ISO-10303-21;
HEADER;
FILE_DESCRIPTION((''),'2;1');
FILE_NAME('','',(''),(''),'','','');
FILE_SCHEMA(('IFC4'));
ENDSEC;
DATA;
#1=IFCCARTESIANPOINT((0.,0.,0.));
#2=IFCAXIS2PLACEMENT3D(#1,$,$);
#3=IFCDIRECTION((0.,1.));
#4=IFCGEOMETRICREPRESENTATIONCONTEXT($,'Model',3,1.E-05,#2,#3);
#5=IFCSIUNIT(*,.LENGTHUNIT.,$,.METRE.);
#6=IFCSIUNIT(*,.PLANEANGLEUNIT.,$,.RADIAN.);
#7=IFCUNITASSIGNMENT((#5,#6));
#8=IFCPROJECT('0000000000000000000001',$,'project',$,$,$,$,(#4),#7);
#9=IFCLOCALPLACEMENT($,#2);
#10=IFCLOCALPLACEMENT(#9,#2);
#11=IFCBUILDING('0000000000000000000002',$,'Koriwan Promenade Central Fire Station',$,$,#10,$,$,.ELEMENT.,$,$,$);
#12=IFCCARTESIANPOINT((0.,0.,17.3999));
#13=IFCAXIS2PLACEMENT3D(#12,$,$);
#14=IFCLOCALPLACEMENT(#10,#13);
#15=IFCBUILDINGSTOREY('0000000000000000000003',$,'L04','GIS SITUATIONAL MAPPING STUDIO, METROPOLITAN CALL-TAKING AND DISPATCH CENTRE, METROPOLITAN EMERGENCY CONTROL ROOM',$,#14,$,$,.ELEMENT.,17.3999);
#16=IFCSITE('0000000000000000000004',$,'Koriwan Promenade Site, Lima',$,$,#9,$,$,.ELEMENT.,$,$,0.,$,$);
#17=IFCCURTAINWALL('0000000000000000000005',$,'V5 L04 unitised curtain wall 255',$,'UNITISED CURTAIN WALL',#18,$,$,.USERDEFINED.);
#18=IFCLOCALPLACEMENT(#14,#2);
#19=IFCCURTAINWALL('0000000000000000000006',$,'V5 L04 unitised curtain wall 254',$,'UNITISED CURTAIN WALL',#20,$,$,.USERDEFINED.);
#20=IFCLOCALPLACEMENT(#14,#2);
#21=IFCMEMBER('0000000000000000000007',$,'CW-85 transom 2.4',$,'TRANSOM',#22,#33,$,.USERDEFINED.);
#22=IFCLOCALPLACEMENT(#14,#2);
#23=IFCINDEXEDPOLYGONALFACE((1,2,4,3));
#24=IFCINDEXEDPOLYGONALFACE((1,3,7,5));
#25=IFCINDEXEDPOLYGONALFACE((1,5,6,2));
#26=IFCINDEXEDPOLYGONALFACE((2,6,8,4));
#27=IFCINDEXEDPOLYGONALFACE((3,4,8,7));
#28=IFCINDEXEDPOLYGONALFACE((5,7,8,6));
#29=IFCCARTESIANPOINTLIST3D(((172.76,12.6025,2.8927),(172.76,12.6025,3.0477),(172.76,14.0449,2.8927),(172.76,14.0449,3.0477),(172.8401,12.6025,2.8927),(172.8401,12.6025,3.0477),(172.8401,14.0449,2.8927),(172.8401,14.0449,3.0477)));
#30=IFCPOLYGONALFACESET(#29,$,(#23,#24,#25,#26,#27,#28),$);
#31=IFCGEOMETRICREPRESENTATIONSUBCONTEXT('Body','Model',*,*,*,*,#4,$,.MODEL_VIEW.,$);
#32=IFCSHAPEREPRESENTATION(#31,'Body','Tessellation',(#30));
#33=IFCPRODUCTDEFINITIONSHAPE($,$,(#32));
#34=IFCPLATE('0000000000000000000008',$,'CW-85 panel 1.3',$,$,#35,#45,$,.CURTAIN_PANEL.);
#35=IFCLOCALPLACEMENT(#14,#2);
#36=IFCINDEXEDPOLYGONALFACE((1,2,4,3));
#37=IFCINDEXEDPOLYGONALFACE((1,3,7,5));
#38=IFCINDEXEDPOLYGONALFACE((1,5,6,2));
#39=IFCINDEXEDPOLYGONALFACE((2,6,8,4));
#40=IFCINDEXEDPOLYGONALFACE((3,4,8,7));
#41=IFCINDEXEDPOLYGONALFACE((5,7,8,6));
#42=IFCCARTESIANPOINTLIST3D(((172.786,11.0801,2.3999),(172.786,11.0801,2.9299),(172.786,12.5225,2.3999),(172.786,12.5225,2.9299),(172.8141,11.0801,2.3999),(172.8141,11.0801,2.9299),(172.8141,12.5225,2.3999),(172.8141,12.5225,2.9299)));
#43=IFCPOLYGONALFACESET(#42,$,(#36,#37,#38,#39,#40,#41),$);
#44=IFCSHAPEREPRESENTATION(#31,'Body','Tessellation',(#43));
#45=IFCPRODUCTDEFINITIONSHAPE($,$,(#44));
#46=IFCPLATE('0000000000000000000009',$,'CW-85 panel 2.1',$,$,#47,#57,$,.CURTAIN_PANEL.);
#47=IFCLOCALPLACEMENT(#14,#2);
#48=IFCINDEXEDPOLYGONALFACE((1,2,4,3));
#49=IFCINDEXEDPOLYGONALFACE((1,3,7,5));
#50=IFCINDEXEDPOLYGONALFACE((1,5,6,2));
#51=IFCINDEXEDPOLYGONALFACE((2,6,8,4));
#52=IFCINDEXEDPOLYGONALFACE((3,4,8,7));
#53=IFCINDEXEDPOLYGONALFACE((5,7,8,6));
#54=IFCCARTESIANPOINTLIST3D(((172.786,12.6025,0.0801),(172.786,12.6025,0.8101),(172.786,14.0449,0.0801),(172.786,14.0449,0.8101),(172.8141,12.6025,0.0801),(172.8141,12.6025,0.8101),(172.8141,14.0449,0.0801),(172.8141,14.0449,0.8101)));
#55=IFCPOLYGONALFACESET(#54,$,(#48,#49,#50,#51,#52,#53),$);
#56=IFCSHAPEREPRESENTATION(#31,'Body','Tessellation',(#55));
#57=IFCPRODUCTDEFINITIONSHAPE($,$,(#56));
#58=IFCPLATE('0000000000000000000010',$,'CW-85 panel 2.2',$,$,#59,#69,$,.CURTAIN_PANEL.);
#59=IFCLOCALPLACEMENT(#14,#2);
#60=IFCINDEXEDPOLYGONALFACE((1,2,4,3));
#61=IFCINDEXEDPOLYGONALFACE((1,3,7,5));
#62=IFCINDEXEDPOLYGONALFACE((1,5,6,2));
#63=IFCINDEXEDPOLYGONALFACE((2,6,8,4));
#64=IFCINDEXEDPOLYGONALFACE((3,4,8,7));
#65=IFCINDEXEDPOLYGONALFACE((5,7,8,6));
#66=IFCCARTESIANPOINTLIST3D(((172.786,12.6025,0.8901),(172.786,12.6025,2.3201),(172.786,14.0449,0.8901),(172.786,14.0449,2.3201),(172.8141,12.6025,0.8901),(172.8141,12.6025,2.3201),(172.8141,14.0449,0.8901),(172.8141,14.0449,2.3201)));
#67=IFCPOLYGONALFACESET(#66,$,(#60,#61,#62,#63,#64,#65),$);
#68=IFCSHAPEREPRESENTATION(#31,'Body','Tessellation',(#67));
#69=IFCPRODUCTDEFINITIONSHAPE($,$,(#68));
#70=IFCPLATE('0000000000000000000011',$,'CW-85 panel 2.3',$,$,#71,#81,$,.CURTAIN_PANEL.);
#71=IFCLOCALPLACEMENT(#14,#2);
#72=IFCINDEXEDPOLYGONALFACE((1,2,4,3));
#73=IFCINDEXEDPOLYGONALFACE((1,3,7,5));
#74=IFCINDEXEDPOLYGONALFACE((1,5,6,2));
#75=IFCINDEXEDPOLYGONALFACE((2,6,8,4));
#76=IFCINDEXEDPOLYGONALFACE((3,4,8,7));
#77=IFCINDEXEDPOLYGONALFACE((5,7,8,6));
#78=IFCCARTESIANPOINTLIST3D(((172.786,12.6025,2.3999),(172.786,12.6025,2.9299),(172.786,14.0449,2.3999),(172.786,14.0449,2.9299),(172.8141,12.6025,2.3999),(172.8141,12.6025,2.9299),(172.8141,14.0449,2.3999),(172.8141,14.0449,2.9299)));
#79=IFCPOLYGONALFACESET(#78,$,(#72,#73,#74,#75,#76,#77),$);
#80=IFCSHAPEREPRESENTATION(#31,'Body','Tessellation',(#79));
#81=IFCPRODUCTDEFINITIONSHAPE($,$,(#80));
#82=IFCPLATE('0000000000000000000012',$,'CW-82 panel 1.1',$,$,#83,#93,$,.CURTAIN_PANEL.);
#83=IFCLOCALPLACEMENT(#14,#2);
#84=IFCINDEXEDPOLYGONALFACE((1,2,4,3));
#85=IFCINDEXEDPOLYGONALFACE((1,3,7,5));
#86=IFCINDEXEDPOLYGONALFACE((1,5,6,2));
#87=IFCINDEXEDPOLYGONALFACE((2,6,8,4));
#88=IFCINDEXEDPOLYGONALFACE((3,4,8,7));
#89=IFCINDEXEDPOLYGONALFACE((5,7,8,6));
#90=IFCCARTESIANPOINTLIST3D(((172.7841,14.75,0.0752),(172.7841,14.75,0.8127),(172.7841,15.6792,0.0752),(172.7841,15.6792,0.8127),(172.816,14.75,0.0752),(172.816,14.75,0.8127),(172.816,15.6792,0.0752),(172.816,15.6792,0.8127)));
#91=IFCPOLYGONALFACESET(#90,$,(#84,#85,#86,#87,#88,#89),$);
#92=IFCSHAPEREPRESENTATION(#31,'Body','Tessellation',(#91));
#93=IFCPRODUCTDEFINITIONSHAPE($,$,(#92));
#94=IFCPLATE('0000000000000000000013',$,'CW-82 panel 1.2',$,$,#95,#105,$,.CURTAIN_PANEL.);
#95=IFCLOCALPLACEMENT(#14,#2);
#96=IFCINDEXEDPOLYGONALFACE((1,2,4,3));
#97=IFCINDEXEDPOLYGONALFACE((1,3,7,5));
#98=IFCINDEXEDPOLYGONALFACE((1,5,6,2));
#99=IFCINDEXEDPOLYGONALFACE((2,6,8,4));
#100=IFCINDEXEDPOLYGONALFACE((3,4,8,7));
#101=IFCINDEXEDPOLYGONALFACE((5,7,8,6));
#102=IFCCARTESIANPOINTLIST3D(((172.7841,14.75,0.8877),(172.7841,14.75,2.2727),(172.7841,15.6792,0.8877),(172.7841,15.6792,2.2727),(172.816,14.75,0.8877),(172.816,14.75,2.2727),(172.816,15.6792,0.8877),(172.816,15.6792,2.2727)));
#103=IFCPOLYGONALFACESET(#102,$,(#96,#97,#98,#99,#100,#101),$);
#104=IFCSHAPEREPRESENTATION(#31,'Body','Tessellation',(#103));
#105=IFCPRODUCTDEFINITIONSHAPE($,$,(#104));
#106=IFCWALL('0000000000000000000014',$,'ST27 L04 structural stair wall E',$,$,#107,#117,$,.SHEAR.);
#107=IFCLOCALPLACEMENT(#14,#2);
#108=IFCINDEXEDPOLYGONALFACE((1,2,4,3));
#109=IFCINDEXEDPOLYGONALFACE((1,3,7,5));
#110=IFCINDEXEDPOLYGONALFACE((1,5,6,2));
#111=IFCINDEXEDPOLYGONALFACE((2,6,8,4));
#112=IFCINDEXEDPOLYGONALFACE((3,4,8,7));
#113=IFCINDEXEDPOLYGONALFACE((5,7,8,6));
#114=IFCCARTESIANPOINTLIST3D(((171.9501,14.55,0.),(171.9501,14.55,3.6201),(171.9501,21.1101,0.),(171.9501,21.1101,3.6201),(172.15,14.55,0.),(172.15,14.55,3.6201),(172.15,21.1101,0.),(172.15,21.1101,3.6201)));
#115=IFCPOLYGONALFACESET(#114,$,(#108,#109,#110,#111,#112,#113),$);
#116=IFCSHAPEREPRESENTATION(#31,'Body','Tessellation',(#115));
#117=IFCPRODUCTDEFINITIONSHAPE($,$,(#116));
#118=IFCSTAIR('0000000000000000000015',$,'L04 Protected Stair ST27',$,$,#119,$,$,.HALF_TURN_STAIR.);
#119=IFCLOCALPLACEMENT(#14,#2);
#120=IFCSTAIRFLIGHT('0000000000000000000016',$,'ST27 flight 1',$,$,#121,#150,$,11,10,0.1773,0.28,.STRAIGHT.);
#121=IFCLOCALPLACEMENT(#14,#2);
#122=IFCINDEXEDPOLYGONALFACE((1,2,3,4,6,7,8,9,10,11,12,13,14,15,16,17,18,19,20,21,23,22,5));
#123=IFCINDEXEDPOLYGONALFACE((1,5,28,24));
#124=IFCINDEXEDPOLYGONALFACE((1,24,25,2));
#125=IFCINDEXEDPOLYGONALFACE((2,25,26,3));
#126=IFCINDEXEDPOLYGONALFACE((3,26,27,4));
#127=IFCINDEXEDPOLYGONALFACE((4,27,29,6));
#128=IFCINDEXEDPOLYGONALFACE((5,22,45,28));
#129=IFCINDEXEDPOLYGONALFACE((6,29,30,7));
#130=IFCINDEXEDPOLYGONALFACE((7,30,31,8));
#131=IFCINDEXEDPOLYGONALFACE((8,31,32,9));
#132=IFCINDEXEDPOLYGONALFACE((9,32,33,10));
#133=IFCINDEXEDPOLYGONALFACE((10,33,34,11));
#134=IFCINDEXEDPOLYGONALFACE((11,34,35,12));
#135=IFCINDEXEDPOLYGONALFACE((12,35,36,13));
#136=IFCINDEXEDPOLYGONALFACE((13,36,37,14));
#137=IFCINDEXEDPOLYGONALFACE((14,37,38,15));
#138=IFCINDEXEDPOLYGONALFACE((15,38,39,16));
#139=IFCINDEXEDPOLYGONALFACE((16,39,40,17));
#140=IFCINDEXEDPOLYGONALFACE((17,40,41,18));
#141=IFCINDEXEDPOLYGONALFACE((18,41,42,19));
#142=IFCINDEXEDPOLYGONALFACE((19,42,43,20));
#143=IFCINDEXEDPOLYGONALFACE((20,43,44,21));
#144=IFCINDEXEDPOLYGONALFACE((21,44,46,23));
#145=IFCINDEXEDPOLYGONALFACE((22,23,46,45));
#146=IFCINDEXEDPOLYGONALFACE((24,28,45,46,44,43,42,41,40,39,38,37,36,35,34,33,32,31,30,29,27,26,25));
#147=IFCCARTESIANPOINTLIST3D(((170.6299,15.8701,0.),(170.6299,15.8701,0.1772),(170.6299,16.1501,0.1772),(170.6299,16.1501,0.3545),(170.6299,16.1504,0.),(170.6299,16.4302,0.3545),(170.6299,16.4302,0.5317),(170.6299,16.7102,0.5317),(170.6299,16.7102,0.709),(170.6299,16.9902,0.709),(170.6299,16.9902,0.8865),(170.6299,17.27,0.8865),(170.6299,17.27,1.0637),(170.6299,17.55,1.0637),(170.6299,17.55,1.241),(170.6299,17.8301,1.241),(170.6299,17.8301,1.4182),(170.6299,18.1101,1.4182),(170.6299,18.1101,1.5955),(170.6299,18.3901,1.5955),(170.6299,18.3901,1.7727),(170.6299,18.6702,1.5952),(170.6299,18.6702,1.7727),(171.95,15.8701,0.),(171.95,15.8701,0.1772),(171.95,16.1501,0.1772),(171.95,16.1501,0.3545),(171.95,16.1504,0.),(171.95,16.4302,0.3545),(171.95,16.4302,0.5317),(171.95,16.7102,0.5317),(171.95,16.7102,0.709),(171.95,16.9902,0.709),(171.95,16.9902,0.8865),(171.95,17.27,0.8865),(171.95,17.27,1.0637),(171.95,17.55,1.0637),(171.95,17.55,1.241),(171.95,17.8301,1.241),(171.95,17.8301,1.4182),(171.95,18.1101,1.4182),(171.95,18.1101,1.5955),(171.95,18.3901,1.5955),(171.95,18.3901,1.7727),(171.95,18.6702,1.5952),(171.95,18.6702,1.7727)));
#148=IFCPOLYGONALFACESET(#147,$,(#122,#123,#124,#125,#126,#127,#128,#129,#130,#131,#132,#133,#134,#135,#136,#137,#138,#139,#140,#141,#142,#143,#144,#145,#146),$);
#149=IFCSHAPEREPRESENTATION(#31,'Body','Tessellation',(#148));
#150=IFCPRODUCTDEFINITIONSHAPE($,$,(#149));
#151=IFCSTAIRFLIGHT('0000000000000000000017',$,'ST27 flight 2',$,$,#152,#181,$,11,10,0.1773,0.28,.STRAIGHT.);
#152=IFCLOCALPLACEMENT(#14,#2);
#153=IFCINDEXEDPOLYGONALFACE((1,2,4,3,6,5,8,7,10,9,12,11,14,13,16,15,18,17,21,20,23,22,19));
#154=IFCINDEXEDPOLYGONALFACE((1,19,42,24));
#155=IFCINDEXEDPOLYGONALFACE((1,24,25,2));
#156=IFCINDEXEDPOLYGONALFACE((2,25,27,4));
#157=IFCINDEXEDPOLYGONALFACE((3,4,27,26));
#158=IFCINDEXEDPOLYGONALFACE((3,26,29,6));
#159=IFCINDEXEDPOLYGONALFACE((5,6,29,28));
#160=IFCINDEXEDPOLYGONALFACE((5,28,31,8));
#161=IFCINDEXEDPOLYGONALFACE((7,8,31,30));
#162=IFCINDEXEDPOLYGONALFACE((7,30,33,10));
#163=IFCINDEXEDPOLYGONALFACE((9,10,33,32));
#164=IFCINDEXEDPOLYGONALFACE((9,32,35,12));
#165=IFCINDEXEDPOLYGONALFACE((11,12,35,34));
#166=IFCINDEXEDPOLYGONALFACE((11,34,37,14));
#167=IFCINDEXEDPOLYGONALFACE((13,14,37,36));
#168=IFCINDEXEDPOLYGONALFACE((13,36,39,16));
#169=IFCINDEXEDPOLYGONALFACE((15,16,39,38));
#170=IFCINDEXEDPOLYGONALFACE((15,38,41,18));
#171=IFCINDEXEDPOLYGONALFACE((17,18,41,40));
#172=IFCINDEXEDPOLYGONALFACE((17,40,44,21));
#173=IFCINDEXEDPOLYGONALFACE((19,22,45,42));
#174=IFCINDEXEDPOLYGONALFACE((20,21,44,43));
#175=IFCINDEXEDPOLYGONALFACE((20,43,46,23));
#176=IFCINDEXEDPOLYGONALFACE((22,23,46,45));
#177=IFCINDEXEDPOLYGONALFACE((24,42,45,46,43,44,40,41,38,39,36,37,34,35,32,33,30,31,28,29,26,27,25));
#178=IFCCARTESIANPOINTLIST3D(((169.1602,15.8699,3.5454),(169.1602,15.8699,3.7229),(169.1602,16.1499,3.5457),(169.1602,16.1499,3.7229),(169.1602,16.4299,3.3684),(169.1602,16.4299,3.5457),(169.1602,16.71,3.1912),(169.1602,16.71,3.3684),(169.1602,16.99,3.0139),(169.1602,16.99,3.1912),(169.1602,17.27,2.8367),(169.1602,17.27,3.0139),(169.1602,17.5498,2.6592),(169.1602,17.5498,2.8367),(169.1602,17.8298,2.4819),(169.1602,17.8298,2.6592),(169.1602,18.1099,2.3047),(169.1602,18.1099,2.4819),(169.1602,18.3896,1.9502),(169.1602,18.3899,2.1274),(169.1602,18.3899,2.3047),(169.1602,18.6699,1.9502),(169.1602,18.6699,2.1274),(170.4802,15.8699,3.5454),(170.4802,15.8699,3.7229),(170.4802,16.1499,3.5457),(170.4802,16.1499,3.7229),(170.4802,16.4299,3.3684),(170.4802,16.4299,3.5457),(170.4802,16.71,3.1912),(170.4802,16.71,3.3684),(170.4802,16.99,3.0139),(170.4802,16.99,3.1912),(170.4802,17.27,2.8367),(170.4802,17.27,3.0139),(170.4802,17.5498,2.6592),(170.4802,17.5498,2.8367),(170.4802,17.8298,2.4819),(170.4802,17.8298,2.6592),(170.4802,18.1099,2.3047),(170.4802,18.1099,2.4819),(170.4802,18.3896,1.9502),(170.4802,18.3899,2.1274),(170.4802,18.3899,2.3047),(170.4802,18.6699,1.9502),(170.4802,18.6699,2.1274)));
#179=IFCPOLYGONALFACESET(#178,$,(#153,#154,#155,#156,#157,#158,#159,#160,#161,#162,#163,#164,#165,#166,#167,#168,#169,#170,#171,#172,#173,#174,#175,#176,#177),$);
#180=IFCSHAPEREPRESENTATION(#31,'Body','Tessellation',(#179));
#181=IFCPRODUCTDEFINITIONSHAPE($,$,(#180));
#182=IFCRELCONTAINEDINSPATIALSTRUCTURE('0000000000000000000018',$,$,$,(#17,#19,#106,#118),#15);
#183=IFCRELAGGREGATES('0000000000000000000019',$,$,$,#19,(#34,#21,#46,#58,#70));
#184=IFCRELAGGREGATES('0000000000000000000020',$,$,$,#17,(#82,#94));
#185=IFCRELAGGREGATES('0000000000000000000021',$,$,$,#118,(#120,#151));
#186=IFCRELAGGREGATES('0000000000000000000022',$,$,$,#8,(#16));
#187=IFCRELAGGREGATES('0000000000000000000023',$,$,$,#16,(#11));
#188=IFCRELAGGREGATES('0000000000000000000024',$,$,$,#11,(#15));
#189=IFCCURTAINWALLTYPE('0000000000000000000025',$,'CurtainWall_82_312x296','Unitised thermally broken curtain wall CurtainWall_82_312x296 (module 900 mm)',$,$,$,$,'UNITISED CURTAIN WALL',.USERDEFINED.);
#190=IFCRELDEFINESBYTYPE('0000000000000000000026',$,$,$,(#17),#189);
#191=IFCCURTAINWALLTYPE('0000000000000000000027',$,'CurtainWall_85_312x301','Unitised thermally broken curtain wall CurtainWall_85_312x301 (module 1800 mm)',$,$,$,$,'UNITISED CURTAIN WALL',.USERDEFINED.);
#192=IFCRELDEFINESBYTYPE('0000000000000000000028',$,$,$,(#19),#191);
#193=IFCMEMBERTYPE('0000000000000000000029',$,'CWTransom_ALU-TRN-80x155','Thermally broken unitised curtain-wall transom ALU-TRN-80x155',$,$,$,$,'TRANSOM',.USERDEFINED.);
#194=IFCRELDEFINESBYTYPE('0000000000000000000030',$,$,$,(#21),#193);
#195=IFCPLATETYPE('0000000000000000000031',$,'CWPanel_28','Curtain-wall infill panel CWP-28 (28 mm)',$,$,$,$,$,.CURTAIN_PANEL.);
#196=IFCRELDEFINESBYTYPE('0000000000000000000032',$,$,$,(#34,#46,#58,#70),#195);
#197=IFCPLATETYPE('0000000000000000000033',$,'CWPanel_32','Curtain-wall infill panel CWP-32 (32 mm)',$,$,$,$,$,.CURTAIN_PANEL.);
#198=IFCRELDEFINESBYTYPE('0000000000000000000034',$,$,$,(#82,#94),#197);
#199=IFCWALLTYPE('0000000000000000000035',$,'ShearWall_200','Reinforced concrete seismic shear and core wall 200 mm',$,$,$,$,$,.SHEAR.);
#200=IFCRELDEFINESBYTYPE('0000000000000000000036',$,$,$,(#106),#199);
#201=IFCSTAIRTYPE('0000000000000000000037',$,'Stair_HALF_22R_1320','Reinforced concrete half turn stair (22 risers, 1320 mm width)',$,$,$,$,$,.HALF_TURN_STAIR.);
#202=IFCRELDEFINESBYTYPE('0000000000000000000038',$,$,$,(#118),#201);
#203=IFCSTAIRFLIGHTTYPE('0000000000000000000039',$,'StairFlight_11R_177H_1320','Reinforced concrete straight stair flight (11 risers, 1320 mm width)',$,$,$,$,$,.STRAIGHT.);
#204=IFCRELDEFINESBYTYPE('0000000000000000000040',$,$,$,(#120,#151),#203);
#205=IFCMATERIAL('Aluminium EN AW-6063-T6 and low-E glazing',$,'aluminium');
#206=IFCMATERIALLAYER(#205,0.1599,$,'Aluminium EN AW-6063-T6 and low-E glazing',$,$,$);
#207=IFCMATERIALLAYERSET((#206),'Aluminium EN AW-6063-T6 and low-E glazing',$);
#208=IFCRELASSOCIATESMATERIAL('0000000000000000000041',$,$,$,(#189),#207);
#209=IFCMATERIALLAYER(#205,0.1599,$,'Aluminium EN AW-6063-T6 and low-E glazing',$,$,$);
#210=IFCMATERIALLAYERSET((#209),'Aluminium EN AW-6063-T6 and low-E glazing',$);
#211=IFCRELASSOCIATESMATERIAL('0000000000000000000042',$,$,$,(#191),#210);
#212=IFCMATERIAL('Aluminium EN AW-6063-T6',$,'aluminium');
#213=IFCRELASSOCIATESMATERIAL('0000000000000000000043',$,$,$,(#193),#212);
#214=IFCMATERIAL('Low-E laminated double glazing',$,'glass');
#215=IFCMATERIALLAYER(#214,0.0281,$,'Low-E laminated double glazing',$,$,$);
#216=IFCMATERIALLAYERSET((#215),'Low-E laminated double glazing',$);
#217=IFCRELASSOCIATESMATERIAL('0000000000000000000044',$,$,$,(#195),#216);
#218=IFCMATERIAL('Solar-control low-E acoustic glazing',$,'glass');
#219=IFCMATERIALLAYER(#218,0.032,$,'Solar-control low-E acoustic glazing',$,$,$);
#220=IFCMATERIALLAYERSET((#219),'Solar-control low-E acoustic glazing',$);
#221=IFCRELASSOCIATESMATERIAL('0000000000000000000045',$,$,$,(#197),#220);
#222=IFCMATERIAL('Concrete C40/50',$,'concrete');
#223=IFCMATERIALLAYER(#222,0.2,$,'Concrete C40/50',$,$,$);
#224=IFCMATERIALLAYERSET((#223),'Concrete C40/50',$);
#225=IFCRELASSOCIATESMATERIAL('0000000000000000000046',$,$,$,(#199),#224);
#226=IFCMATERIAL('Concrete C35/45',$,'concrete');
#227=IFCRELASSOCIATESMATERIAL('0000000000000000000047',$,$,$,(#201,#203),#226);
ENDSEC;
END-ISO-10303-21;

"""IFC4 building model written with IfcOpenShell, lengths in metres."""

from ifc_helpers import new_model, si_unit, direction, frame, frame_2d, origin, origin_2d, place, context, subcontext, project, spatial, polyline, rectangle, outline, extrude, material, layer, layer_set, material_profile, profile_set, type_object, element, aggregate, save


model = new_model("IFC4")

# Units and contexts
model_context = context("Model", 3, precision=1e-05, world=origin(), true_north=direction((0.0, 1.0)))
body_context = subcontext(model_context, "Body", "Model", "MODEL_VIEW")
ifc_project = project(units=[si_unit("LENGTHUNIT", "METRE"), si_unit("PLANEANGLEUNIT", "RADIAN")], contexts=[model_context])

# Site, building, storey
site_placement = place(None, origin())
site = spatial("IfcSite", under=ifc_project, at=site_placement, Name="Koriwan Promenade Site, Lima", CompositionType="ELEMENT", RefElevation=0.0)
building_placement = place(site_placement, origin())
building = spatial("IfcBuilding", under=site, at=building_placement, Name="Koriwan Promenade Central Fire Station", CompositionType="ELEMENT")
storey_placement = place(building_placement, frame((0.0, 0.0, 17.3999)))
storey = spatial("IfcBuildingStorey", under=building, at=storey_placement, Name="L04", Description="GIS SITUATIONAL MAPPING STUDIO, METROPOLITAN CALL-TAKING AND DISPATCH CENTRE, METROPOLITAN EMERGENCY CONTROL ROOM", CompositionType="ELEMENT", Elevation=17.3999)

# Shared definitions
ifc_material_1 = material(Name="Concrete C40/50", Category="concrete")

# Shared definitions
ifc_material_2 = material(Name="Concrete C35/45", Category="concrete")

# Curtain wall
ifc_material_3 = material(Name="Aluminium EN AW-6063-T6 and low-E glazing", Category="aluminium")
ifc_layer_1 = layer(ifc_material_3, 0.1599, Name="Aluminium EN AW-6063-T6 and low-E glazing")
ifc_layer_set_1 = layer_set([ifc_layer_1], Name="Aluminium EN AW-6063-T6 and low-E glazing")
curtain_wall_type_1 = type_object("IfcCurtainWallType", Name="CurtainWall_82_312x296", Description="Unitised thermally broken curtain wall CurtainWall_82_312x296 (module 900 mm)", ElementType="UNITISED CURTAIN WALL", PredefinedType="USERDEFINED", material=ifc_layer_set_1)
curtain_wall_1_placement = place(storey_placement, origin())
curtain_wall_1 = element("IfcCurtainWall", 1, at=curtain_wall_1_placement, inside=storey, type_object=curtain_wall_type_1, Name="V5 L04 unitised curtain wall 255", ObjectType="UNITISED CURTAIN WALL", PredefinedType="USERDEFINED")
ifc_material_4 = material(Name="Aluminium EN AW-6063-T6", Category="aluminium")

# Curtain wall
ifc_layer_2 = layer(ifc_material_3, 0.1599, Name="Aluminium EN AW-6063-T6 and low-E glazing")
ifc_layer_set_2 = layer_set([ifc_layer_2], Name="Aluminium EN AW-6063-T6 and low-E glazing")
curtain_wall_type_2 = type_object("IfcCurtainWallType", Name="CurtainWall_85_312x301", Description="Unitised thermally broken curtain wall CurtainWall_85_312x301 (module 1800 mm)", ElementType="UNITISED CURTAIN WALL", PredefinedType="USERDEFINED", material=ifc_layer_set_2)
curtain_wall_2_placement = place(storey_placement, origin())
curtain_wall_2 = element("IfcCurtainWall", 2, at=curtain_wall_2_placement, inside=storey, type_object=curtain_wall_type_2, Name="V5 L04 unitised curtain wall 254", ObjectType="UNITISED CURTAIN WALL", PredefinedType="USERDEFINED")

# Member
ifc_material_profile_1 = material_profile(ifc_material_4, rectangle(XDim=0.0801, YDim=0.155, at=origin_2d()), Name="ALU-TRN-80x155")
ifc_profile_set_1 = profile_set([ifc_material_profile_1], Name="Aluminium EN AW-6063-T6")
member_type_1 = type_object("IfcMemberType", Name="CWTransom_ALU-TRN-80x155", Description="Thermally broken unitised curtain-wall transom ALU-TRN-80x155", ElementType="TRANSOM", PredefinedType="USERDEFINED", material=ifc_profile_set_1)
member_1_placement = place(storey_placement, frame((172.8, 12.6025, 2.9702), z_axis=(0.0, 1.0, 0.0), x_axis=(-1.0, 0.0, 0.0)))
member_1 = element("IfcMember", 3, at=member_1_placement, type_object=member_type_1, Name="CW-85 transom 2.4", ObjectType="TRANSOM", PredefinedType="USERDEFINED", context=body_context, shape_type="SweptSolid", body=[
    extrude(rectangle(XDim=0.0801, YDim=0.155, at=origin_2d()), origin(), (0.0, 0.0, 1.0), 1.4424),
])

# Plates
ifc_material_5 = material(Name="Low-E laminated double glazing", Category="glass")
ifc_layer_3 = layer(ifc_material_5, 0.0281, Name="Low-E laminated double glazing")
ifc_layer_set_3 = layer_set([ifc_layer_3], Name="Low-E laminated double glazing")
plate_type_1 = type_object("IfcPlateType", Name="CWPanel_28", Description="Curtain-wall infill panel CWP-28 (28 mm)", PredefinedType="CURTAIN_PANEL", material=ifc_layer_set_3)
plate_1_placement = place(storey_placement, frame((172.8, 11.8013, 2.3999), z_axis=(0.0, 0.0, 1.0), x_axis=(0.0, 1.0, 0.0)))
plate_1 = element("IfcPlate", 4, at=plate_1_placement, type_object=plate_type_1, Name="CW-85 panel 1.3", PredefinedType="CURTAIN_PANEL", context=body_context, shape_type="SweptSolid", body=[
    extrude(rectangle(XDim=1.4424, YDim=0.0281, at=origin_2d()), origin(), (0.0, 0.0, 1.0), 0.53),
])
plate_2_placement = place(storey_placement, frame((172.8, 13.3237, 0.0801), z_axis=(0.0, 0.0, 1.0), x_axis=(0.0, 1.0, 0.0)))
plate_2 = element("IfcPlate", 5, at=plate_2_placement, type_object=plate_type_1, Name="CW-85 panel 2.1", PredefinedType="CURTAIN_PANEL", context=body_context, shape_type="SweptSolid", body=[
    extrude(rectangle(XDim=1.4424, YDim=0.0281, at=origin_2d()), origin(), (0.0, 0.0, 1.0), 0.73),
])
plate_3_placement = place(storey_placement, frame((172.8, 13.3237, 0.8901), z_axis=(0.0, 0.0, 1.0), x_axis=(0.0, 1.0, 0.0)))
plate_3 = element("IfcPlate", 6, at=plate_3_placement, type_object=plate_type_1, Name="CW-85 panel 2.2", PredefinedType="CURTAIN_PANEL", context=body_context, shape_type="SweptSolid", body=[
    extrude(rectangle(XDim=1.4424, YDim=0.0281, at=origin_2d()), origin(), (0.0, 0.0, 1.0), 1.4299),
])
plate_4_placement = place(storey_placement, frame((172.8, 13.3237, 2.3999), z_axis=(0.0, 0.0, 1.0), x_axis=(0.0, 1.0, 0.0)))
plate_4 = element("IfcPlate", 7, at=plate_4_placement, type_object=plate_type_1, Name="CW-85 panel 2.3", PredefinedType="CURTAIN_PANEL", context=body_context, shape_type="SweptSolid", body=[
    extrude(rectangle(XDim=1.4424, YDim=0.0281, at=origin_2d()), origin(), (0.0, 0.0, 1.0), 0.53),
])
aggregate(curtain_wall_2, [plate_1, member_1, plate_2, plate_3, plate_4])
ifc_material_6 = material(Name="Solar-control low-E acoustic glazing", Category="glass")
ifc_layer_4 = layer(ifc_material_6, 0.032, Name="Solar-control low-E acoustic glazing")
ifc_layer_set_4 = layer_set([ifc_layer_4], Name="Solar-control low-E acoustic glazing")
plate_type_2 = type_object("IfcPlateType", Name="CWPanel_32", Description="Curtain-wall infill panel CWP-32 (32 mm)", PredefinedType="CURTAIN_PANEL", material=ifc_layer_set_4)
plate_5_placement = place(storey_placement, frame((172.8, 15.2146, 0.0752), z_axis=(0.0, 0.0, 1.0), x_axis=(0.0, 1.0, 0.0)))
plate_5 = element("IfcPlate", 8, at=plate_5_placement, type_object=plate_type_2, Name="CW-82 panel 1.1", PredefinedType="CURTAIN_PANEL", context=body_context, shape_type="SweptSolid", body=[
    extrude(rectangle(XDim=0.9292, YDim=0.032, at=origin_2d()), origin(), (0.0, 0.0, 1.0), 0.7375),
])
plate_6_placement = place(storey_placement, frame((172.8, 15.2146, 0.8877), z_axis=(0.0, 0.0, 1.0), x_axis=(0.0, 1.0, 0.0)))
plate_6 = element("IfcPlate", 9, at=plate_6_placement, type_object=plate_type_2, Name="CW-82 panel 1.2", PredefinedType="CURTAIN_PANEL", context=body_context, shape_type="SweptSolid", body=[
    extrude(rectangle(XDim=0.9292, YDim=0.032, at=origin_2d()), origin(), (0.0, 0.0, 1.0), 1.385),
])
aggregate(curtain_wall_1, [plate_5, plate_6])

# Wall
ifc_layer_5 = layer(ifc_material_1, 0.2, Name="Concrete C40/50")
ifc_layer_set_5 = layer_set([ifc_layer_5], Name="Concrete C40/50")
wall_type = type_object("IfcWallType", Name="ShearWall_200", Description="Reinforced concrete seismic shear and core wall 200 mm", PredefinedType="SHEAR", material=ifc_layer_set_5)
wall_placement = place(storey_placement, frame((172.05, 14.55, 0.0), z_axis=(0.0, 0.0, 1.0), x_axis=(0.0, 1.0, 0.0)))
element("IfcWall", 10, at=wall_placement, inside=storey, type_object=wall_type, Name="ST27 L04 structural stair wall E", PredefinedType="SHEAR", context=body_context, shape_type="SweptSolid", body=[
    extrude(rectangle(XDim=6.5601, YDim=0.2, at=frame_2d((3.28, 0.0))), origin(), (0.0, 0.0, 1.0), 3.6201),
])

# Stair, stair flights
stair_type = type_object("IfcStairType", Name="Stair_HALF_22R_1320", Description="Reinforced concrete half turn stair (22 risers, 1320 mm width)", PredefinedType="HALF_TURN_STAIR", material=ifc_material_2)
stair_placement = place(storey_placement, origin())
stair = element("IfcStair", 11, at=stair_placement, inside=storey, type_object=stair_type, Name="L04 Protected Stair ST27", PredefinedType="HALF_TURN_STAIR")
stair_flight_type = type_object("IfcStairFlightType", Name="StairFlight_11R_177H_1320", Description="Reinforced concrete straight stair flight (11 risers, 1320 mm width)", PredefinedType="STRAIGHT", material=ifc_material_2)
stair_flight_1_placement = place(storey_placement, frame((171.29, 15.8701, 0.0), z_axis=(0.0, 0.0, 1.0), x_axis=(0.0, 1.0, 0.0)))
stair_flight_1 = element("IfcStairFlight", 12, at=stair_flight_1_placement, type_object=stair_flight_type, Name="ST27 flight 1", NumberOfRisers=11, NumberOfTreads=10, PredefinedType="STRAIGHT", RiserHeight=0.1773, TreadLength=0.28, context=body_context, shape_type="SweptSolid", body=[
    extrude(outline(polyline([(0.0, 0.0), (0.0, 0.1772), (0.28, 0.1772), (0.28, 0.3545), (0.5601, 0.3545), (0.5601, 0.5317), (0.8401, 0.5317), (0.8401, 0.709), (1.1201, 0.709), (1.1201, 0.8865), (1.3999, 0.8865), (1.3999, 1.0637), (1.6799, 1.0637), (1.6799, 1.241), (1.96, 1.241), (1.96, 1.4182), (2.24, 1.4182), (2.24, 1.5955), (2.52, 1.5955), (2.52, 1.7727), (2.8, 1.7727), (2.8, 1.95), (2.8, 1.5952), (0.2803, 0.0), (0.0, 0.0)])), frame((0.0, 0.6602, 0.0), z_axis=(0.0, -1.0, 0.0), x_axis=(1.0, 0.0, 0.0)), (0.0, 0.0, 1.0), 1.3201),
])
stair_flight_2_placement = place(storey_placement, frame((169.8201, 18.6699, 1.9502), z_axis=(0.0, 0.0, 1.0), x_axis=(0.0, -1.0, 0.0)))
stair_flight_2 = element("IfcStairFlight", 13, at=stair_flight_2_placement, type_object=stair_flight_type, Name="ST27 flight 2", NumberOfRisers=11, NumberOfTreads=10, PredefinedType="STRAIGHT", RiserHeight=0.1773, TreadLength=0.28, context=body_context, shape_type="SweptSolid", body=[
    extrude(outline(polyline([(0.0, 0.0), (0.0, 0.1772), (0.28, 0.1772), (0.28, 0.3545), (0.5601, 0.3545), (0.5601, 0.5317), (0.8401, 0.5317), (0.8401, 0.709), (1.1201, 0.709), (1.1201, 0.8865), (1.3999, 0.8865), (1.3999, 1.0637), (1.6799, 1.0637), (1.6799, 1.241), (1.96, 1.241), (1.96, 1.4182), (2.24, 1.4182), (2.24, 1.5955), (2.52, 1.5955), (2.52, 1.7727), (2.8, 1.7727), (2.8, 1.95), (2.8, 1.5952), (0.2803, 0.0), (0.0, 0.0)])), frame((0.0, 0.6602, 0.0), z_axis=(0.0, -1.0, 0.0), x_axis=(1.0, 0.0, 0.0)), (0.0, 0.0, 1.0), 1.3201),
])
aggregate(stair, [stair_flight_1, stair_flight_2])

save(model, "model.ifc")
